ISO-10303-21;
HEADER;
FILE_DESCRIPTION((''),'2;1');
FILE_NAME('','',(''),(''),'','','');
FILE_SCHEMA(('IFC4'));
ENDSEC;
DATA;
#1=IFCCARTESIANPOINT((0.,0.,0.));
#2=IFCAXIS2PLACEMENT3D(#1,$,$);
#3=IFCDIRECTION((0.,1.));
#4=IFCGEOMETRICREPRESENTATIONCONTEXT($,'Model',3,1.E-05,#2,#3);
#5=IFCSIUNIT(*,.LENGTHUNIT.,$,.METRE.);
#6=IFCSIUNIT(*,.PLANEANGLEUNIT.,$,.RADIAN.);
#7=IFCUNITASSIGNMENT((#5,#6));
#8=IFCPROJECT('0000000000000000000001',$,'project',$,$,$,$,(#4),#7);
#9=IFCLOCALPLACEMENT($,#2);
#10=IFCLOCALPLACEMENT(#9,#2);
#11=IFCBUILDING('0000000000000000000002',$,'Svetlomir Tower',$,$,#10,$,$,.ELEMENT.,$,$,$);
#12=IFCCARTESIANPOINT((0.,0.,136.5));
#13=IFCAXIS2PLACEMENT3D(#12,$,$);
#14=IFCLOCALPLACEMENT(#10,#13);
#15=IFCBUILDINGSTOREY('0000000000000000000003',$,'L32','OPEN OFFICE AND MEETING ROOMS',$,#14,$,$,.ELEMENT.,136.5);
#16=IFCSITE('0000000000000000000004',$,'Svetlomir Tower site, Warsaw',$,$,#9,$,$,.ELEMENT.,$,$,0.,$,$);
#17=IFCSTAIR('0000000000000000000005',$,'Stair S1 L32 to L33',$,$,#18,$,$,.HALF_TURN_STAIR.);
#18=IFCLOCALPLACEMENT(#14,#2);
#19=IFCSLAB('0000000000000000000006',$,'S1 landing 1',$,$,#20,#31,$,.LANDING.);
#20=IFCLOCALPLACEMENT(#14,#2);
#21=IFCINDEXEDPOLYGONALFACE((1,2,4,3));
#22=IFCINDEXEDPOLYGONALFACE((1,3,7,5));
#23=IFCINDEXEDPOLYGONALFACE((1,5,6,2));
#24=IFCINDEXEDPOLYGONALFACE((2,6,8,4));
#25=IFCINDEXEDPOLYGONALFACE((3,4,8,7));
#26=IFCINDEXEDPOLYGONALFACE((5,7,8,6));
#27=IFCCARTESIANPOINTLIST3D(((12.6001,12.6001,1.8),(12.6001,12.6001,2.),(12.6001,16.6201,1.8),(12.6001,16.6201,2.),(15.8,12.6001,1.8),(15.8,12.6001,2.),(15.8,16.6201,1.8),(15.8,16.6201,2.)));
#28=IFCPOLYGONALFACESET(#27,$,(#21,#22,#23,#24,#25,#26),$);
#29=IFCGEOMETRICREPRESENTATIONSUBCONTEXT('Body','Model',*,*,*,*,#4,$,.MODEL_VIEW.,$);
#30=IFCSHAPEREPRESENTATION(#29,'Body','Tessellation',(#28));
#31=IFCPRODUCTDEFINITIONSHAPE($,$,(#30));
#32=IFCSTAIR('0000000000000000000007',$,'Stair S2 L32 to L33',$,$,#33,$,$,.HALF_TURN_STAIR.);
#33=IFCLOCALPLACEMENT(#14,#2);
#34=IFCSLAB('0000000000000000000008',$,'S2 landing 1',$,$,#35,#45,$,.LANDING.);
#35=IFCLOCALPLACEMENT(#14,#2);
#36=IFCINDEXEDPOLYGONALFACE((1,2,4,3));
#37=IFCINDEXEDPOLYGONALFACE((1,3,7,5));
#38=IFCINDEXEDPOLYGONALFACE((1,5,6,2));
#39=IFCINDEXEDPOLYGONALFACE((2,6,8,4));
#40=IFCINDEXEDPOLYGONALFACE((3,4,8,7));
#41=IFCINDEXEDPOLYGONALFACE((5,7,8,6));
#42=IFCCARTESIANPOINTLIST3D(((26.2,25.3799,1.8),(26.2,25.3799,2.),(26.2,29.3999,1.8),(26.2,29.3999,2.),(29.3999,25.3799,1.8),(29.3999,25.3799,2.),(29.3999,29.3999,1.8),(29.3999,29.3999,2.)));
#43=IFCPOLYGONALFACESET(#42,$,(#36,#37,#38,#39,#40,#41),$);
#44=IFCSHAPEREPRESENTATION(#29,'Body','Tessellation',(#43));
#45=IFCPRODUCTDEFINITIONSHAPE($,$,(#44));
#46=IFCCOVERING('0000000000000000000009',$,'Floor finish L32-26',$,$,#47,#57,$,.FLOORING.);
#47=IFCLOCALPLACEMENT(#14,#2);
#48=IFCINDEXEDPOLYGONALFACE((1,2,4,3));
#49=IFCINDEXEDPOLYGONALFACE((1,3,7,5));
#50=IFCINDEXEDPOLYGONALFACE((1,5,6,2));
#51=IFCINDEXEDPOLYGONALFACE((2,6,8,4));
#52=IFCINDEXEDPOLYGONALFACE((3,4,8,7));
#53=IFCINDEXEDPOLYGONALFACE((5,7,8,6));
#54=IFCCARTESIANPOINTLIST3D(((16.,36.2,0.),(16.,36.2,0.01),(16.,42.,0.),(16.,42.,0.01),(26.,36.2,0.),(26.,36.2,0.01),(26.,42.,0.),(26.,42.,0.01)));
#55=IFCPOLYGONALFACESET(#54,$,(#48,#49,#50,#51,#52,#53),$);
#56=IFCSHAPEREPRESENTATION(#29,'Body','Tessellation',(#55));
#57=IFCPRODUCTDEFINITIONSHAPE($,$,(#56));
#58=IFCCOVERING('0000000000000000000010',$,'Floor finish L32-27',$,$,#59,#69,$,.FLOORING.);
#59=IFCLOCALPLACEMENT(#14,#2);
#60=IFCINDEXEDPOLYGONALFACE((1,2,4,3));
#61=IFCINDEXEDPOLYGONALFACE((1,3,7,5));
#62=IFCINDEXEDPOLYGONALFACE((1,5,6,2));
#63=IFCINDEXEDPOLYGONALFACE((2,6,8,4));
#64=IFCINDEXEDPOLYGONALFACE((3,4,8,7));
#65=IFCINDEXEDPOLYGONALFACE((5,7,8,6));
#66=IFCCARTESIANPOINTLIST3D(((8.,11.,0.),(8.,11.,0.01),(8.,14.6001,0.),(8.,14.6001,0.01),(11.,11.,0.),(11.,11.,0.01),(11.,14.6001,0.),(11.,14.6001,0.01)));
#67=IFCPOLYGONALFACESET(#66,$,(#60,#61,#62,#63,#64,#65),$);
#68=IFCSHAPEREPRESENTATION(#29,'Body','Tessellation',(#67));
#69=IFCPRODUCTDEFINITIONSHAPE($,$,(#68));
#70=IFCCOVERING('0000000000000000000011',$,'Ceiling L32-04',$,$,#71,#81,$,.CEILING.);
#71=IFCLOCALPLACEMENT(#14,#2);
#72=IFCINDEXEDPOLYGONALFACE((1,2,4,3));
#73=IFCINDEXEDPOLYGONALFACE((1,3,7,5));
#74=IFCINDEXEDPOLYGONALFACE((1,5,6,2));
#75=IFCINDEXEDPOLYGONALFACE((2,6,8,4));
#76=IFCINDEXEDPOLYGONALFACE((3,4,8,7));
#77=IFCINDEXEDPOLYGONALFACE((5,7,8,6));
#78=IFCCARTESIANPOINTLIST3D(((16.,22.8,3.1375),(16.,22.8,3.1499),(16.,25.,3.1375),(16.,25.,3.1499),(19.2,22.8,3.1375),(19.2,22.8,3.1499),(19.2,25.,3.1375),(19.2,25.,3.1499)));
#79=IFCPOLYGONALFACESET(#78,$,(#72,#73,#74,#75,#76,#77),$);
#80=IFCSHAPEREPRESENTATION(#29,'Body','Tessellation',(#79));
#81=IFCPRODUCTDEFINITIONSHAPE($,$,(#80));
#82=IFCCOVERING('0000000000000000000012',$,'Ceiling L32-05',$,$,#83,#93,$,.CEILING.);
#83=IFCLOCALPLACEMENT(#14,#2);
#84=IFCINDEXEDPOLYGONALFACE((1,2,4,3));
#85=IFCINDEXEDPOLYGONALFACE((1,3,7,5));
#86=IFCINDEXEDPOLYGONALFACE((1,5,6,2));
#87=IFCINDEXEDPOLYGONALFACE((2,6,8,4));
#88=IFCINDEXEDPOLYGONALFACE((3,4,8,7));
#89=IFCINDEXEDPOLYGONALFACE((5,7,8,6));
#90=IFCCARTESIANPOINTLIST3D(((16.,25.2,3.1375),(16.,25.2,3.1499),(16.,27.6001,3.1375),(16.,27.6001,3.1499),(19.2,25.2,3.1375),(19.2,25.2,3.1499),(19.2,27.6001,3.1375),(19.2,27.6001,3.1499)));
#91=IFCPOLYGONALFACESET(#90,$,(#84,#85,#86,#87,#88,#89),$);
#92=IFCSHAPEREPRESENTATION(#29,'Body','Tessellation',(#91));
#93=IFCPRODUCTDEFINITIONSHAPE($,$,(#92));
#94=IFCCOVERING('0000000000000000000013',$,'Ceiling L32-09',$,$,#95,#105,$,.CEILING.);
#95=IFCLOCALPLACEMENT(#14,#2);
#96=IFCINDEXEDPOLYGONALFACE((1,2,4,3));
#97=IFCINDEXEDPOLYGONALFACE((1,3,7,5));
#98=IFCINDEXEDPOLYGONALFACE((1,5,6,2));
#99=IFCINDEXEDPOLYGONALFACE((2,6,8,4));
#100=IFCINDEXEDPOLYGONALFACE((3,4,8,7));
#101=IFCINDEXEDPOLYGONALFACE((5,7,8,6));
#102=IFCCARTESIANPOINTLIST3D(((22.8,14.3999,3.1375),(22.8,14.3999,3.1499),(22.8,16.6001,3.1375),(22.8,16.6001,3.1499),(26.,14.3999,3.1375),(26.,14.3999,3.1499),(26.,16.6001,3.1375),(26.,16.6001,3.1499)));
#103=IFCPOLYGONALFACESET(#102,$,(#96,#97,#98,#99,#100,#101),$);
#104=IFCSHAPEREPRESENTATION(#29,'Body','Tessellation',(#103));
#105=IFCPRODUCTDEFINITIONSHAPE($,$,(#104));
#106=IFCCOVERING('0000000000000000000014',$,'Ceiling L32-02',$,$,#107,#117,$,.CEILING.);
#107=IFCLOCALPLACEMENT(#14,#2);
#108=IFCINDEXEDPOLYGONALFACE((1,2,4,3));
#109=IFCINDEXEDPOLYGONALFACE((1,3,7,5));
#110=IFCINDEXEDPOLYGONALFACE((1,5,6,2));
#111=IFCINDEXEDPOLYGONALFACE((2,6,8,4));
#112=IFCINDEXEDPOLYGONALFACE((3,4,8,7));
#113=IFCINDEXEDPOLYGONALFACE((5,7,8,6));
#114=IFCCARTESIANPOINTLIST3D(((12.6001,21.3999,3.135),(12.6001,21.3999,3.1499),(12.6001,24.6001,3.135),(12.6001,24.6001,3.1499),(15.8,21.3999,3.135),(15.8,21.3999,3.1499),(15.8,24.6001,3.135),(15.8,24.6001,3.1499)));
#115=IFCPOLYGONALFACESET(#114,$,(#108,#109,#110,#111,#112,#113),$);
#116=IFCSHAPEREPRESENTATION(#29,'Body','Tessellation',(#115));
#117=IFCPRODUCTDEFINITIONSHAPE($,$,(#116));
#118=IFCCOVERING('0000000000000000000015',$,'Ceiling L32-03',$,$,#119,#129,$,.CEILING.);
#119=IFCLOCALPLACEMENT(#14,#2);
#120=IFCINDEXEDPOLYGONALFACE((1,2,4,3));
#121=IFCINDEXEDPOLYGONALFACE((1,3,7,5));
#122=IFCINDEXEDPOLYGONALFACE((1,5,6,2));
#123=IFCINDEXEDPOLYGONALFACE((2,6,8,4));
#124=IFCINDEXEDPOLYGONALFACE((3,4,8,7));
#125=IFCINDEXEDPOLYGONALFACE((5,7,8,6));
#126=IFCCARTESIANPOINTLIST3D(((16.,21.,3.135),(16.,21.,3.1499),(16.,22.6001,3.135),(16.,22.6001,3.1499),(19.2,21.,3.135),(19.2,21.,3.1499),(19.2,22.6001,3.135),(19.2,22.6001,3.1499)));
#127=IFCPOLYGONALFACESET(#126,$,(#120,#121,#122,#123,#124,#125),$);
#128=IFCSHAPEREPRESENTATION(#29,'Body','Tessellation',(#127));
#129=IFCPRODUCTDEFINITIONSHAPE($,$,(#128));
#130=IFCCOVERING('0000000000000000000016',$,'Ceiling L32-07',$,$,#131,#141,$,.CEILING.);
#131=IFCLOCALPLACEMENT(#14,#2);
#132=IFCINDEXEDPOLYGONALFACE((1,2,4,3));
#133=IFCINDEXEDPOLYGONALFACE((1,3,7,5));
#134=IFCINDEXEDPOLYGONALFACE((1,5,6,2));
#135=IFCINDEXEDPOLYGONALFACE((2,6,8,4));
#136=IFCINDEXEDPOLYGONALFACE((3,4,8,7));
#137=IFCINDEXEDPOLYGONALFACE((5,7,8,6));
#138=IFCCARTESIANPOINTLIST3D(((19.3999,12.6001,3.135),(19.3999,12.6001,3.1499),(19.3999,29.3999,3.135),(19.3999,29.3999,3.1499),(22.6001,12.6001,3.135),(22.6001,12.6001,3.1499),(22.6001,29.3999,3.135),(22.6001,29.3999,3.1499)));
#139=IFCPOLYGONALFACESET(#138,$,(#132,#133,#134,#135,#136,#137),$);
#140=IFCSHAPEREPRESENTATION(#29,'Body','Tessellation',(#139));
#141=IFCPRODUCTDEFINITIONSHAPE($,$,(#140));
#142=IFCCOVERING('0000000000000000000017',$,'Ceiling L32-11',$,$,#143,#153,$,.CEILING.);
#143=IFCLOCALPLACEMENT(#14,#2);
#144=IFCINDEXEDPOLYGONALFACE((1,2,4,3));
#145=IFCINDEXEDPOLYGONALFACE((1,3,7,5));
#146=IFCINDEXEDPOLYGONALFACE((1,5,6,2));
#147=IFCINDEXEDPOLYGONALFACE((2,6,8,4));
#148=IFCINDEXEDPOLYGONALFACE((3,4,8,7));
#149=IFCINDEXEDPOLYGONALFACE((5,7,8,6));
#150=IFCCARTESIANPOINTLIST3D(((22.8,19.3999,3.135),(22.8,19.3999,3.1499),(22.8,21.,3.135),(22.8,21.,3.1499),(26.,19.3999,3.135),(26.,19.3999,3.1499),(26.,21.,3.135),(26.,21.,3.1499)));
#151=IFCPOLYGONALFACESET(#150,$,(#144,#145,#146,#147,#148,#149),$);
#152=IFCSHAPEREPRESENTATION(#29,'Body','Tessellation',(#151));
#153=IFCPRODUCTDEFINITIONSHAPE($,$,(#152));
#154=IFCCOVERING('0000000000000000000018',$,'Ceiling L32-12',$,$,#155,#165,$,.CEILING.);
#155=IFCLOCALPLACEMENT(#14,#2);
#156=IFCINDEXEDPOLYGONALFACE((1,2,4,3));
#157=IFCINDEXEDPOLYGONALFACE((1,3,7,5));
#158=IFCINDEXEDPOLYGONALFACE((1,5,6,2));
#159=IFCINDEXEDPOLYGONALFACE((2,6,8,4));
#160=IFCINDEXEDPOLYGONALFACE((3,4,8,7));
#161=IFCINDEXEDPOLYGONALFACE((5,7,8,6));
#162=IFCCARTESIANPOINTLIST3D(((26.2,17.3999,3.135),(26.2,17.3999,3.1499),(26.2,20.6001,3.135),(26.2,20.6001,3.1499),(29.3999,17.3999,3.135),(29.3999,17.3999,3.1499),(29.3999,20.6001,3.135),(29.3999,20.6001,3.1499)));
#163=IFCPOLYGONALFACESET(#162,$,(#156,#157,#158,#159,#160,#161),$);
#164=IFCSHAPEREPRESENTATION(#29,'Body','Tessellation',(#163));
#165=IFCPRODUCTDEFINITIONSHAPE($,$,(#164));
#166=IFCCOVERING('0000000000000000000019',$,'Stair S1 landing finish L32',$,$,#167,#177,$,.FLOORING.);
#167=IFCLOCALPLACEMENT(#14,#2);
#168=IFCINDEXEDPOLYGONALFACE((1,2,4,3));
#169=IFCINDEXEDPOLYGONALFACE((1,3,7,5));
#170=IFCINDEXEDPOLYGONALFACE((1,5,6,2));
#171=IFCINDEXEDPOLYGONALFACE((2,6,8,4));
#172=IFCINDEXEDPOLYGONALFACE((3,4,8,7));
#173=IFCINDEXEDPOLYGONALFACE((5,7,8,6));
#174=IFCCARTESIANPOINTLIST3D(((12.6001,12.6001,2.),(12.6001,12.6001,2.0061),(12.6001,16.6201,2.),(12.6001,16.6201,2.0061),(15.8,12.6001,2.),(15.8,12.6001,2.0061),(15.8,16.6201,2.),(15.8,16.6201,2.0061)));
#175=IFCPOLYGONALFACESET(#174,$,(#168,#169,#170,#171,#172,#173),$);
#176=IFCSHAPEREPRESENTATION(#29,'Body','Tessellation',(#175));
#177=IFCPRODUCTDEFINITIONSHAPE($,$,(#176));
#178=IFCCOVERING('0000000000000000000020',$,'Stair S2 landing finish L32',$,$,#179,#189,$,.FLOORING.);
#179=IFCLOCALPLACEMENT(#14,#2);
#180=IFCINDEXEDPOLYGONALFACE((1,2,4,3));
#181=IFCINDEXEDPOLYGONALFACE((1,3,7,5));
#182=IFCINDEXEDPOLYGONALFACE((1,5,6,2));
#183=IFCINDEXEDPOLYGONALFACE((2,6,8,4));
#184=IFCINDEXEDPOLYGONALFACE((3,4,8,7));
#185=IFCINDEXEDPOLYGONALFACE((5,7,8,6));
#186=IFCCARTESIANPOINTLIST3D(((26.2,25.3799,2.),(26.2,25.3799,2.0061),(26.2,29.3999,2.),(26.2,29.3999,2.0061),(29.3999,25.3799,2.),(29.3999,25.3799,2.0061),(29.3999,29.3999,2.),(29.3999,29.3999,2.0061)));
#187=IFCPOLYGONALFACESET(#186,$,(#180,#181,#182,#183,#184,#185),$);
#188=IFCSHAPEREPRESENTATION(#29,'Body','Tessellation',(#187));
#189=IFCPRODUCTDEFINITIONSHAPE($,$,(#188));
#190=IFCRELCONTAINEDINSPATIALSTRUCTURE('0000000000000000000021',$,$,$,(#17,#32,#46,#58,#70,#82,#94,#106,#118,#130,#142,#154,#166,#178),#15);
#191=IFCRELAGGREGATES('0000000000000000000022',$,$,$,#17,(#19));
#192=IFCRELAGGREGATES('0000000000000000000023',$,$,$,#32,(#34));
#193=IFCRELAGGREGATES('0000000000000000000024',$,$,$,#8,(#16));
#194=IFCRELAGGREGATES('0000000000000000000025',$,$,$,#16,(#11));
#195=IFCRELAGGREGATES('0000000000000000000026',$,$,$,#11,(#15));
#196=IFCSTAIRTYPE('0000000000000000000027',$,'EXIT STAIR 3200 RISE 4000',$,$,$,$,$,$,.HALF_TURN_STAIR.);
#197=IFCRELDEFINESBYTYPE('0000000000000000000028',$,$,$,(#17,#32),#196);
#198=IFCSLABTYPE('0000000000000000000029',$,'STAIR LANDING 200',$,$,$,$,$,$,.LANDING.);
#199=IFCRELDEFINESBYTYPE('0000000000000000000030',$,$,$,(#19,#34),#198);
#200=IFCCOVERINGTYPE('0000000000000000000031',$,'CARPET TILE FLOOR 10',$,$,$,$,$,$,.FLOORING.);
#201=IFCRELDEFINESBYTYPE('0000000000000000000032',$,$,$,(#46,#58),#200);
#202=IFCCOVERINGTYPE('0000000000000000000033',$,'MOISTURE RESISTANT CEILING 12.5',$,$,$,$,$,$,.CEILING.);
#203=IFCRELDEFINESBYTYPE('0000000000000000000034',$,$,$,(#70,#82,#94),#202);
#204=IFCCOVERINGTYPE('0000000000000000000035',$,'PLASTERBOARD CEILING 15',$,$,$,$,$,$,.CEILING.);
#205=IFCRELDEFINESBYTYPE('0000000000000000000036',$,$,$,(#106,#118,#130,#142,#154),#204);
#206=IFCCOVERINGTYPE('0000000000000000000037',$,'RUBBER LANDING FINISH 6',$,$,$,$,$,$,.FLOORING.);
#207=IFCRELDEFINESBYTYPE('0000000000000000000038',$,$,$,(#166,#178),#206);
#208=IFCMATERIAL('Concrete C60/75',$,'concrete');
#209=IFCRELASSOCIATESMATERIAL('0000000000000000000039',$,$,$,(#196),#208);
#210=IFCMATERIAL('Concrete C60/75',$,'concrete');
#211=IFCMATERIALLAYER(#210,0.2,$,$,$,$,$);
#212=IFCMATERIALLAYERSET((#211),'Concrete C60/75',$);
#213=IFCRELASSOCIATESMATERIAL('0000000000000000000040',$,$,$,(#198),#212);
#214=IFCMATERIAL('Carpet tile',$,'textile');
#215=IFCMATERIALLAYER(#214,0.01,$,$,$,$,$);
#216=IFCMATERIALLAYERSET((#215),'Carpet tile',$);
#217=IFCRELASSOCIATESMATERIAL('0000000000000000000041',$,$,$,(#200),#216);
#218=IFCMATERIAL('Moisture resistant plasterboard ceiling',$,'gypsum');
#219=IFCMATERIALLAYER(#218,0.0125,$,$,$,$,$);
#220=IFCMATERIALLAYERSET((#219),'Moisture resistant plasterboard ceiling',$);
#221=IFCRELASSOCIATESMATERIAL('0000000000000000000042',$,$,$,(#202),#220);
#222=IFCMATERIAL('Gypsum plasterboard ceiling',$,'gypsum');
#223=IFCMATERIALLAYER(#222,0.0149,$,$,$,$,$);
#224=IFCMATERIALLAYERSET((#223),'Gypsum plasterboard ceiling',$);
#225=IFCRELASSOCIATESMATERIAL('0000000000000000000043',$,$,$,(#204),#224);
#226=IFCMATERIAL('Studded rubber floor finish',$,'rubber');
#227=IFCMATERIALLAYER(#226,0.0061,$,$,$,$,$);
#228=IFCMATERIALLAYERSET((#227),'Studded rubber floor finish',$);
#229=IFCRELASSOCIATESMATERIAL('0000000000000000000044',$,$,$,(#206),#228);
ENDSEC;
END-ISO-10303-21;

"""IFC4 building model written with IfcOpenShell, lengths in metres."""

from ifc_helpers import new_model, si_unit, direction, frame, origin, place, context, subcontext, project, spatial, polyline, outline, extrude, material, layer, layer_set, type_object, element, aggregate, save


model = new_model("IFC4")

# Units and contexts
model_context = context("Model", 3, precision=1e-05, world=origin(), true_north=direction((0.0, 1.0)))
body_context = subcontext(model_context, "Body", "Model", "MODEL_VIEW")
ifc_project = project(units=[si_unit("LENGTHUNIT", "METRE"), si_unit("PLANEANGLEUNIT", "RADIAN")], contexts=[model_context])

# Site, building, storey
site_placement = place(None, origin())
site = spatial("IfcSite", under=ifc_project, at=site_placement, Name="Svetlomir Tower site, Warsaw", CompositionType="ELEMENT", RefElevation=0.0)
building_placement = place(site_placement, origin())
building = spatial("IfcBuilding", under=site, at=building_placement, Name="Svetlomir Tower", CompositionType="ELEMENT")
storey_placement = place(building_placement, frame((0.0, 0.0, 136.5)))
storey = spatial("IfcBuildingStorey", under=building, at=storey_placement, Name="L32", Description="OPEN OFFICE AND MEETING ROOMS", CompositionType="ELEMENT", Elevation=136.5)

# Stairs, slabs
ifc_material_1 = material(Name="Concrete C60/75", Category="concrete")
stair_type = type_object("IfcStairType", Name="EXIT STAIR 3200 RISE 4000", PredefinedType="HALF_TURN_STAIR", material=ifc_material_1)
stair_1_placement = place(storey_placement, origin())
stair_1 = element("IfcStair", 1, at=stair_1_placement, inside=storey, type_object=stair_type, Name="Stair S1 L32 to L33", PredefinedType="HALF_TURN_STAIR")
ifc_material_2 = material(Name="Concrete C60/75", Category="concrete")
ifc_layer_1 = layer(ifc_material_2, 0.2)
ifc_layer_set_1 = layer_set([ifc_layer_1], Name="Concrete C60/75")
slab_type = type_object("IfcSlabType", Name="STAIR LANDING 200", PredefinedType="LANDING", material=ifc_layer_set_1)
slab_1_placement = place(storey_placement, frame((0.0, 0.0, 1.8)))
slab_1 = element("IfcSlab", 2, at=slab_1_placement, type_object=slab_type, Name="S1 landing 1", PredefinedType="LANDING", context=body_context, shape_type="SweptSolid", body=[
    extrude(outline(polyline([(12.6001, 12.6001), (15.8, 12.6001), (15.8, 16.6201), (12.6001, 16.6201), (12.6001, 12.6001)])), origin(), (0.0, 0.0, 1.0), 0.2),
])
aggregate(stair_1, [slab_1])
stair_2_placement = place(storey_placement, origin())
stair_2 = element("IfcStair", 3, at=stair_2_placement, inside=storey, type_object=stair_type, Name="Stair S2 L32 to L33", PredefinedType="HALF_TURN_STAIR")
slab_2_placement = place(storey_placement, frame((0.0, 0.0, 1.8)))
slab_2 = element("IfcSlab", 4, at=slab_2_placement, type_object=slab_type, Name="S2 landing 1", PredefinedType="LANDING", context=body_context, shape_type="SweptSolid", body=[
    extrude(outline(polyline([(26.2, 25.3799), (29.3999, 25.3799), (29.3999, 29.3999), (26.2, 29.3999), (26.2, 25.3799)])), origin(), (0.0, 0.0, 1.0), 0.2),
])
aggregate(stair_2, [slab_2])

# Coverings
ifc_material_3 = material(Name="Carpet tile", Category="textile")
ifc_layer_2 = layer(ifc_material_3, 0.01)
ifc_layer_set_2 = layer_set([ifc_layer_2], Name="Carpet tile")
covering_type_1 = type_object("IfcCoveringType", Name="CARPET TILE FLOOR 10", PredefinedType="FLOORING", material=ifc_layer_set_2)
covering_1_placement = place(storey_placement, origin())
element("IfcCovering", 5, at=covering_1_placement, inside=storey, type_object=covering_type_1, Name="Floor finish L32-26", PredefinedType="FLOORING", context=body_context, shape_type="SweptSolid", body=[
    extrude(outline(polyline([(16.0, 36.2), (26.0, 36.2), (26.0, 42.0), (16.0, 42.0), (16.0, 36.2)])), origin(), (0.0, 0.0, 1.0), 0.01),
])
covering_2_placement = place(storey_placement, origin())
element("IfcCovering", 6, at=covering_2_placement, inside=storey, type_object=covering_type_1, Name="Floor finish L32-27", PredefinedType="FLOORING", context=body_context, shape_type="SweptSolid", body=[
    extrude(outline(polyline([(8.0, 11.0), (11.0, 11.0), (11.0, 14.6001), (8.0, 14.6001), (8.0, 11.0)])), origin(), (0.0, 0.0, 1.0), 0.01),
])
ifc_material_4 = material(Name="Moisture resistant plasterboard ceiling", Category="gypsum")
ifc_layer_3 = layer(ifc_material_4, 0.0125)
ifc_layer_set_3 = layer_set([ifc_layer_3], Name="Moisture resistant plasterboard ceiling")
covering_type_2 = type_object("IfcCoveringType", Name="MOISTURE RESISTANT CEILING 12.5", PredefinedType="CEILING", material=ifc_layer_set_3)
covering_3_placement = place(storey_placement, frame((0.0, 0.0, 3.1375)))
element("IfcCovering", 7, at=covering_3_placement, inside=storey, type_object=covering_type_2, Name="Ceiling L32-04", PredefinedType="CEILING", context=body_context, shape_type="SweptSolid", body=[
    extrude(outline(polyline([(16.0, 22.8), (19.2, 22.8), (19.2, 25.0), (16.0, 25.0), (16.0, 22.8)])), origin(), (0.0, 0.0, 1.0), 0.0125),
])
covering_4_placement = place(storey_placement, frame((0.0, 0.0, 3.1375)))
element("IfcCovering", 8, at=covering_4_placement, inside=storey, type_object=covering_type_2, Name="Ceiling L32-05", PredefinedType="CEILING", context=body_context, shape_type="SweptSolid", body=[
    extrude(outline(polyline([(16.0, 25.2), (19.2, 25.2), (19.2, 27.6001), (16.0, 27.6001), (16.0, 25.2)])), origin(), (0.0, 0.0, 1.0), 0.0125),
])
covering_5_placement = place(storey_placement, frame((0.0, 0.0, 3.1375)))
element("IfcCovering", 9, at=covering_5_placement, inside=storey, type_object=covering_type_2, Name="Ceiling L32-09", PredefinedType="CEILING", context=body_context, shape_type="SweptSolid", body=[
    extrude(outline(polyline([(22.8, 14.3999), (26.0, 14.3999), (26.0, 16.6001), (22.8, 16.6001), (22.8, 14.3999)])), origin(), (0.0, 0.0, 1.0), 0.0125),
])
ifc_material_5 = material(Name="Gypsum plasterboard ceiling", Category="gypsum")
ifc_layer_4 = layer(ifc_material_5, 0.0149)
ifc_layer_set_4 = layer_set([ifc_layer_4], Name="Gypsum plasterboard ceiling")
covering_type_3 = type_object("IfcCoveringType", Name="PLASTERBOARD CEILING 15", PredefinedType="CEILING", material=ifc_layer_set_4)
covering_6_placement = place(storey_placement, frame((0.0, 0.0, 3.135)))
element("IfcCovering", 10, at=covering_6_placement, inside=storey, type_object=covering_type_3, Name="Ceiling L32-02", PredefinedType="CEILING", context=body_context, shape_type="SweptSolid", body=[
    extrude(outline(polyline([(12.6001, 21.3999), (15.8, 21.3999), (15.8, 24.6001), (12.6001, 24.6001), (12.6001, 21.3999)])), origin(), (0.0, 0.0, 1.0), 0.0149),
])
covering_7_placement = place(storey_placement, frame((0.0, 0.0, 3.135)))
element("IfcCovering", 11, at=covering_7_placement, inside=storey, type_object=covering_type_3, Name="Ceiling L32-03", PredefinedType="CEILING", context=body_context, shape_type="SweptSolid", body=[
    extrude(outline(polyline([(16.0, 21.0), (19.2, 21.0), (19.2, 22.6001), (16.0, 22.6001), (16.0, 21.0)])), origin(), (0.0, 0.0, 1.0), 0.0149),
])
covering_8_placement = place(storey_placement, frame((0.0, 0.0, 3.135)))
element("IfcCovering", 12, at=covering_8_placement, inside=storey, type_object=covering_type_3, Name="Ceiling L32-07", PredefinedType="CEILING", context=body_context, shape_type="SweptSolid", body=[
    extrude(outline(polyline([(19.3999, 12.6001), (22.6001, 12.6001), (22.6001, 29.3999), (19.3999, 29.3999), (19.3999, 12.6001)])), origin(), (0.0, 0.0, 1.0), 0.0149),
])
covering_9_placement = place(storey_placement, frame((0.0, 0.0, 3.135)))
element("IfcCovering", 13, at=covering_9_placement, inside=storey, type_object=covering_type_3, Name="Ceiling L32-11", PredefinedType="CEILING", context=body_context, shape_type="SweptSolid", body=[
    extrude(outline(polyline([(22.8, 19.3999), (26.0, 19.3999), (26.0, 21.0), (22.8, 21.0), (22.8, 19.3999)])), origin(), (0.0, 0.0, 1.0), 0.0149),
])
covering_10_placement = place(storey_placement, frame((0.0, 0.0, 3.135)))
element("IfcCovering", 14, at=covering_10_placement, inside=storey, type_object=covering_type_3, Name="Ceiling L32-12", PredefinedType="CEILING", context=body_context, shape_type="SweptSolid", body=[
    extrude(outline(polyline([(26.2, 17.3999), (29.3999, 17.3999), (29.3999, 20.6001), (26.2, 20.6001), (26.2, 17.3999)])), origin(), (0.0, 0.0, 1.0), 0.0149),
])
ifc_material_6 = material(Name="Studded rubber floor finish", Category="rubber")
ifc_layer_5 = layer(ifc_material_6, 0.0061)
ifc_layer_set_5 = layer_set([ifc_layer_5], Name="Studded rubber floor finish")
covering_type_4 = type_object("IfcCoveringType", Name="RUBBER LANDING FINISH 6", PredefinedType="FLOORING", material=ifc_layer_set_5)
covering_11_placement = place(storey_placement, frame((0.0, 0.0, 2.0)))
element("IfcCovering", 15, at=covering_11_placement, inside=storey, type_object=covering_type_4, Name="Stair S1 landing finish L32", PredefinedType="FLOORING", context=body_context, shape_type="SweptSolid", body=[
    extrude(outline(polyline([(12.6001, 12.6001), (15.8, 12.6001), (15.8, 16.6201), (12.6001, 16.6201), (12.6001, 12.6001)])), origin(), (0.0, 0.0, 1.0), 0.0061),
])
covering_12_placement = place(storey_placement, frame((0.0, 0.0, 2.0)))
element("IfcCovering", 16, at=covering_12_placement, inside=storey, type_object=covering_type_4, Name="Stair S2 landing finish L32", PredefinedType="FLOORING", context=body_context, shape_type="SweptSolid", body=[
    extrude(outline(polyline([(26.2, 25.3799), (29.3999, 25.3799), (29.3999, 29.3999), (26.2, 29.3999), (26.2, 25.3799)])), origin(), (0.0, 0.0, 1.0), 0.0061),
])

save(model, "model.ifc")
